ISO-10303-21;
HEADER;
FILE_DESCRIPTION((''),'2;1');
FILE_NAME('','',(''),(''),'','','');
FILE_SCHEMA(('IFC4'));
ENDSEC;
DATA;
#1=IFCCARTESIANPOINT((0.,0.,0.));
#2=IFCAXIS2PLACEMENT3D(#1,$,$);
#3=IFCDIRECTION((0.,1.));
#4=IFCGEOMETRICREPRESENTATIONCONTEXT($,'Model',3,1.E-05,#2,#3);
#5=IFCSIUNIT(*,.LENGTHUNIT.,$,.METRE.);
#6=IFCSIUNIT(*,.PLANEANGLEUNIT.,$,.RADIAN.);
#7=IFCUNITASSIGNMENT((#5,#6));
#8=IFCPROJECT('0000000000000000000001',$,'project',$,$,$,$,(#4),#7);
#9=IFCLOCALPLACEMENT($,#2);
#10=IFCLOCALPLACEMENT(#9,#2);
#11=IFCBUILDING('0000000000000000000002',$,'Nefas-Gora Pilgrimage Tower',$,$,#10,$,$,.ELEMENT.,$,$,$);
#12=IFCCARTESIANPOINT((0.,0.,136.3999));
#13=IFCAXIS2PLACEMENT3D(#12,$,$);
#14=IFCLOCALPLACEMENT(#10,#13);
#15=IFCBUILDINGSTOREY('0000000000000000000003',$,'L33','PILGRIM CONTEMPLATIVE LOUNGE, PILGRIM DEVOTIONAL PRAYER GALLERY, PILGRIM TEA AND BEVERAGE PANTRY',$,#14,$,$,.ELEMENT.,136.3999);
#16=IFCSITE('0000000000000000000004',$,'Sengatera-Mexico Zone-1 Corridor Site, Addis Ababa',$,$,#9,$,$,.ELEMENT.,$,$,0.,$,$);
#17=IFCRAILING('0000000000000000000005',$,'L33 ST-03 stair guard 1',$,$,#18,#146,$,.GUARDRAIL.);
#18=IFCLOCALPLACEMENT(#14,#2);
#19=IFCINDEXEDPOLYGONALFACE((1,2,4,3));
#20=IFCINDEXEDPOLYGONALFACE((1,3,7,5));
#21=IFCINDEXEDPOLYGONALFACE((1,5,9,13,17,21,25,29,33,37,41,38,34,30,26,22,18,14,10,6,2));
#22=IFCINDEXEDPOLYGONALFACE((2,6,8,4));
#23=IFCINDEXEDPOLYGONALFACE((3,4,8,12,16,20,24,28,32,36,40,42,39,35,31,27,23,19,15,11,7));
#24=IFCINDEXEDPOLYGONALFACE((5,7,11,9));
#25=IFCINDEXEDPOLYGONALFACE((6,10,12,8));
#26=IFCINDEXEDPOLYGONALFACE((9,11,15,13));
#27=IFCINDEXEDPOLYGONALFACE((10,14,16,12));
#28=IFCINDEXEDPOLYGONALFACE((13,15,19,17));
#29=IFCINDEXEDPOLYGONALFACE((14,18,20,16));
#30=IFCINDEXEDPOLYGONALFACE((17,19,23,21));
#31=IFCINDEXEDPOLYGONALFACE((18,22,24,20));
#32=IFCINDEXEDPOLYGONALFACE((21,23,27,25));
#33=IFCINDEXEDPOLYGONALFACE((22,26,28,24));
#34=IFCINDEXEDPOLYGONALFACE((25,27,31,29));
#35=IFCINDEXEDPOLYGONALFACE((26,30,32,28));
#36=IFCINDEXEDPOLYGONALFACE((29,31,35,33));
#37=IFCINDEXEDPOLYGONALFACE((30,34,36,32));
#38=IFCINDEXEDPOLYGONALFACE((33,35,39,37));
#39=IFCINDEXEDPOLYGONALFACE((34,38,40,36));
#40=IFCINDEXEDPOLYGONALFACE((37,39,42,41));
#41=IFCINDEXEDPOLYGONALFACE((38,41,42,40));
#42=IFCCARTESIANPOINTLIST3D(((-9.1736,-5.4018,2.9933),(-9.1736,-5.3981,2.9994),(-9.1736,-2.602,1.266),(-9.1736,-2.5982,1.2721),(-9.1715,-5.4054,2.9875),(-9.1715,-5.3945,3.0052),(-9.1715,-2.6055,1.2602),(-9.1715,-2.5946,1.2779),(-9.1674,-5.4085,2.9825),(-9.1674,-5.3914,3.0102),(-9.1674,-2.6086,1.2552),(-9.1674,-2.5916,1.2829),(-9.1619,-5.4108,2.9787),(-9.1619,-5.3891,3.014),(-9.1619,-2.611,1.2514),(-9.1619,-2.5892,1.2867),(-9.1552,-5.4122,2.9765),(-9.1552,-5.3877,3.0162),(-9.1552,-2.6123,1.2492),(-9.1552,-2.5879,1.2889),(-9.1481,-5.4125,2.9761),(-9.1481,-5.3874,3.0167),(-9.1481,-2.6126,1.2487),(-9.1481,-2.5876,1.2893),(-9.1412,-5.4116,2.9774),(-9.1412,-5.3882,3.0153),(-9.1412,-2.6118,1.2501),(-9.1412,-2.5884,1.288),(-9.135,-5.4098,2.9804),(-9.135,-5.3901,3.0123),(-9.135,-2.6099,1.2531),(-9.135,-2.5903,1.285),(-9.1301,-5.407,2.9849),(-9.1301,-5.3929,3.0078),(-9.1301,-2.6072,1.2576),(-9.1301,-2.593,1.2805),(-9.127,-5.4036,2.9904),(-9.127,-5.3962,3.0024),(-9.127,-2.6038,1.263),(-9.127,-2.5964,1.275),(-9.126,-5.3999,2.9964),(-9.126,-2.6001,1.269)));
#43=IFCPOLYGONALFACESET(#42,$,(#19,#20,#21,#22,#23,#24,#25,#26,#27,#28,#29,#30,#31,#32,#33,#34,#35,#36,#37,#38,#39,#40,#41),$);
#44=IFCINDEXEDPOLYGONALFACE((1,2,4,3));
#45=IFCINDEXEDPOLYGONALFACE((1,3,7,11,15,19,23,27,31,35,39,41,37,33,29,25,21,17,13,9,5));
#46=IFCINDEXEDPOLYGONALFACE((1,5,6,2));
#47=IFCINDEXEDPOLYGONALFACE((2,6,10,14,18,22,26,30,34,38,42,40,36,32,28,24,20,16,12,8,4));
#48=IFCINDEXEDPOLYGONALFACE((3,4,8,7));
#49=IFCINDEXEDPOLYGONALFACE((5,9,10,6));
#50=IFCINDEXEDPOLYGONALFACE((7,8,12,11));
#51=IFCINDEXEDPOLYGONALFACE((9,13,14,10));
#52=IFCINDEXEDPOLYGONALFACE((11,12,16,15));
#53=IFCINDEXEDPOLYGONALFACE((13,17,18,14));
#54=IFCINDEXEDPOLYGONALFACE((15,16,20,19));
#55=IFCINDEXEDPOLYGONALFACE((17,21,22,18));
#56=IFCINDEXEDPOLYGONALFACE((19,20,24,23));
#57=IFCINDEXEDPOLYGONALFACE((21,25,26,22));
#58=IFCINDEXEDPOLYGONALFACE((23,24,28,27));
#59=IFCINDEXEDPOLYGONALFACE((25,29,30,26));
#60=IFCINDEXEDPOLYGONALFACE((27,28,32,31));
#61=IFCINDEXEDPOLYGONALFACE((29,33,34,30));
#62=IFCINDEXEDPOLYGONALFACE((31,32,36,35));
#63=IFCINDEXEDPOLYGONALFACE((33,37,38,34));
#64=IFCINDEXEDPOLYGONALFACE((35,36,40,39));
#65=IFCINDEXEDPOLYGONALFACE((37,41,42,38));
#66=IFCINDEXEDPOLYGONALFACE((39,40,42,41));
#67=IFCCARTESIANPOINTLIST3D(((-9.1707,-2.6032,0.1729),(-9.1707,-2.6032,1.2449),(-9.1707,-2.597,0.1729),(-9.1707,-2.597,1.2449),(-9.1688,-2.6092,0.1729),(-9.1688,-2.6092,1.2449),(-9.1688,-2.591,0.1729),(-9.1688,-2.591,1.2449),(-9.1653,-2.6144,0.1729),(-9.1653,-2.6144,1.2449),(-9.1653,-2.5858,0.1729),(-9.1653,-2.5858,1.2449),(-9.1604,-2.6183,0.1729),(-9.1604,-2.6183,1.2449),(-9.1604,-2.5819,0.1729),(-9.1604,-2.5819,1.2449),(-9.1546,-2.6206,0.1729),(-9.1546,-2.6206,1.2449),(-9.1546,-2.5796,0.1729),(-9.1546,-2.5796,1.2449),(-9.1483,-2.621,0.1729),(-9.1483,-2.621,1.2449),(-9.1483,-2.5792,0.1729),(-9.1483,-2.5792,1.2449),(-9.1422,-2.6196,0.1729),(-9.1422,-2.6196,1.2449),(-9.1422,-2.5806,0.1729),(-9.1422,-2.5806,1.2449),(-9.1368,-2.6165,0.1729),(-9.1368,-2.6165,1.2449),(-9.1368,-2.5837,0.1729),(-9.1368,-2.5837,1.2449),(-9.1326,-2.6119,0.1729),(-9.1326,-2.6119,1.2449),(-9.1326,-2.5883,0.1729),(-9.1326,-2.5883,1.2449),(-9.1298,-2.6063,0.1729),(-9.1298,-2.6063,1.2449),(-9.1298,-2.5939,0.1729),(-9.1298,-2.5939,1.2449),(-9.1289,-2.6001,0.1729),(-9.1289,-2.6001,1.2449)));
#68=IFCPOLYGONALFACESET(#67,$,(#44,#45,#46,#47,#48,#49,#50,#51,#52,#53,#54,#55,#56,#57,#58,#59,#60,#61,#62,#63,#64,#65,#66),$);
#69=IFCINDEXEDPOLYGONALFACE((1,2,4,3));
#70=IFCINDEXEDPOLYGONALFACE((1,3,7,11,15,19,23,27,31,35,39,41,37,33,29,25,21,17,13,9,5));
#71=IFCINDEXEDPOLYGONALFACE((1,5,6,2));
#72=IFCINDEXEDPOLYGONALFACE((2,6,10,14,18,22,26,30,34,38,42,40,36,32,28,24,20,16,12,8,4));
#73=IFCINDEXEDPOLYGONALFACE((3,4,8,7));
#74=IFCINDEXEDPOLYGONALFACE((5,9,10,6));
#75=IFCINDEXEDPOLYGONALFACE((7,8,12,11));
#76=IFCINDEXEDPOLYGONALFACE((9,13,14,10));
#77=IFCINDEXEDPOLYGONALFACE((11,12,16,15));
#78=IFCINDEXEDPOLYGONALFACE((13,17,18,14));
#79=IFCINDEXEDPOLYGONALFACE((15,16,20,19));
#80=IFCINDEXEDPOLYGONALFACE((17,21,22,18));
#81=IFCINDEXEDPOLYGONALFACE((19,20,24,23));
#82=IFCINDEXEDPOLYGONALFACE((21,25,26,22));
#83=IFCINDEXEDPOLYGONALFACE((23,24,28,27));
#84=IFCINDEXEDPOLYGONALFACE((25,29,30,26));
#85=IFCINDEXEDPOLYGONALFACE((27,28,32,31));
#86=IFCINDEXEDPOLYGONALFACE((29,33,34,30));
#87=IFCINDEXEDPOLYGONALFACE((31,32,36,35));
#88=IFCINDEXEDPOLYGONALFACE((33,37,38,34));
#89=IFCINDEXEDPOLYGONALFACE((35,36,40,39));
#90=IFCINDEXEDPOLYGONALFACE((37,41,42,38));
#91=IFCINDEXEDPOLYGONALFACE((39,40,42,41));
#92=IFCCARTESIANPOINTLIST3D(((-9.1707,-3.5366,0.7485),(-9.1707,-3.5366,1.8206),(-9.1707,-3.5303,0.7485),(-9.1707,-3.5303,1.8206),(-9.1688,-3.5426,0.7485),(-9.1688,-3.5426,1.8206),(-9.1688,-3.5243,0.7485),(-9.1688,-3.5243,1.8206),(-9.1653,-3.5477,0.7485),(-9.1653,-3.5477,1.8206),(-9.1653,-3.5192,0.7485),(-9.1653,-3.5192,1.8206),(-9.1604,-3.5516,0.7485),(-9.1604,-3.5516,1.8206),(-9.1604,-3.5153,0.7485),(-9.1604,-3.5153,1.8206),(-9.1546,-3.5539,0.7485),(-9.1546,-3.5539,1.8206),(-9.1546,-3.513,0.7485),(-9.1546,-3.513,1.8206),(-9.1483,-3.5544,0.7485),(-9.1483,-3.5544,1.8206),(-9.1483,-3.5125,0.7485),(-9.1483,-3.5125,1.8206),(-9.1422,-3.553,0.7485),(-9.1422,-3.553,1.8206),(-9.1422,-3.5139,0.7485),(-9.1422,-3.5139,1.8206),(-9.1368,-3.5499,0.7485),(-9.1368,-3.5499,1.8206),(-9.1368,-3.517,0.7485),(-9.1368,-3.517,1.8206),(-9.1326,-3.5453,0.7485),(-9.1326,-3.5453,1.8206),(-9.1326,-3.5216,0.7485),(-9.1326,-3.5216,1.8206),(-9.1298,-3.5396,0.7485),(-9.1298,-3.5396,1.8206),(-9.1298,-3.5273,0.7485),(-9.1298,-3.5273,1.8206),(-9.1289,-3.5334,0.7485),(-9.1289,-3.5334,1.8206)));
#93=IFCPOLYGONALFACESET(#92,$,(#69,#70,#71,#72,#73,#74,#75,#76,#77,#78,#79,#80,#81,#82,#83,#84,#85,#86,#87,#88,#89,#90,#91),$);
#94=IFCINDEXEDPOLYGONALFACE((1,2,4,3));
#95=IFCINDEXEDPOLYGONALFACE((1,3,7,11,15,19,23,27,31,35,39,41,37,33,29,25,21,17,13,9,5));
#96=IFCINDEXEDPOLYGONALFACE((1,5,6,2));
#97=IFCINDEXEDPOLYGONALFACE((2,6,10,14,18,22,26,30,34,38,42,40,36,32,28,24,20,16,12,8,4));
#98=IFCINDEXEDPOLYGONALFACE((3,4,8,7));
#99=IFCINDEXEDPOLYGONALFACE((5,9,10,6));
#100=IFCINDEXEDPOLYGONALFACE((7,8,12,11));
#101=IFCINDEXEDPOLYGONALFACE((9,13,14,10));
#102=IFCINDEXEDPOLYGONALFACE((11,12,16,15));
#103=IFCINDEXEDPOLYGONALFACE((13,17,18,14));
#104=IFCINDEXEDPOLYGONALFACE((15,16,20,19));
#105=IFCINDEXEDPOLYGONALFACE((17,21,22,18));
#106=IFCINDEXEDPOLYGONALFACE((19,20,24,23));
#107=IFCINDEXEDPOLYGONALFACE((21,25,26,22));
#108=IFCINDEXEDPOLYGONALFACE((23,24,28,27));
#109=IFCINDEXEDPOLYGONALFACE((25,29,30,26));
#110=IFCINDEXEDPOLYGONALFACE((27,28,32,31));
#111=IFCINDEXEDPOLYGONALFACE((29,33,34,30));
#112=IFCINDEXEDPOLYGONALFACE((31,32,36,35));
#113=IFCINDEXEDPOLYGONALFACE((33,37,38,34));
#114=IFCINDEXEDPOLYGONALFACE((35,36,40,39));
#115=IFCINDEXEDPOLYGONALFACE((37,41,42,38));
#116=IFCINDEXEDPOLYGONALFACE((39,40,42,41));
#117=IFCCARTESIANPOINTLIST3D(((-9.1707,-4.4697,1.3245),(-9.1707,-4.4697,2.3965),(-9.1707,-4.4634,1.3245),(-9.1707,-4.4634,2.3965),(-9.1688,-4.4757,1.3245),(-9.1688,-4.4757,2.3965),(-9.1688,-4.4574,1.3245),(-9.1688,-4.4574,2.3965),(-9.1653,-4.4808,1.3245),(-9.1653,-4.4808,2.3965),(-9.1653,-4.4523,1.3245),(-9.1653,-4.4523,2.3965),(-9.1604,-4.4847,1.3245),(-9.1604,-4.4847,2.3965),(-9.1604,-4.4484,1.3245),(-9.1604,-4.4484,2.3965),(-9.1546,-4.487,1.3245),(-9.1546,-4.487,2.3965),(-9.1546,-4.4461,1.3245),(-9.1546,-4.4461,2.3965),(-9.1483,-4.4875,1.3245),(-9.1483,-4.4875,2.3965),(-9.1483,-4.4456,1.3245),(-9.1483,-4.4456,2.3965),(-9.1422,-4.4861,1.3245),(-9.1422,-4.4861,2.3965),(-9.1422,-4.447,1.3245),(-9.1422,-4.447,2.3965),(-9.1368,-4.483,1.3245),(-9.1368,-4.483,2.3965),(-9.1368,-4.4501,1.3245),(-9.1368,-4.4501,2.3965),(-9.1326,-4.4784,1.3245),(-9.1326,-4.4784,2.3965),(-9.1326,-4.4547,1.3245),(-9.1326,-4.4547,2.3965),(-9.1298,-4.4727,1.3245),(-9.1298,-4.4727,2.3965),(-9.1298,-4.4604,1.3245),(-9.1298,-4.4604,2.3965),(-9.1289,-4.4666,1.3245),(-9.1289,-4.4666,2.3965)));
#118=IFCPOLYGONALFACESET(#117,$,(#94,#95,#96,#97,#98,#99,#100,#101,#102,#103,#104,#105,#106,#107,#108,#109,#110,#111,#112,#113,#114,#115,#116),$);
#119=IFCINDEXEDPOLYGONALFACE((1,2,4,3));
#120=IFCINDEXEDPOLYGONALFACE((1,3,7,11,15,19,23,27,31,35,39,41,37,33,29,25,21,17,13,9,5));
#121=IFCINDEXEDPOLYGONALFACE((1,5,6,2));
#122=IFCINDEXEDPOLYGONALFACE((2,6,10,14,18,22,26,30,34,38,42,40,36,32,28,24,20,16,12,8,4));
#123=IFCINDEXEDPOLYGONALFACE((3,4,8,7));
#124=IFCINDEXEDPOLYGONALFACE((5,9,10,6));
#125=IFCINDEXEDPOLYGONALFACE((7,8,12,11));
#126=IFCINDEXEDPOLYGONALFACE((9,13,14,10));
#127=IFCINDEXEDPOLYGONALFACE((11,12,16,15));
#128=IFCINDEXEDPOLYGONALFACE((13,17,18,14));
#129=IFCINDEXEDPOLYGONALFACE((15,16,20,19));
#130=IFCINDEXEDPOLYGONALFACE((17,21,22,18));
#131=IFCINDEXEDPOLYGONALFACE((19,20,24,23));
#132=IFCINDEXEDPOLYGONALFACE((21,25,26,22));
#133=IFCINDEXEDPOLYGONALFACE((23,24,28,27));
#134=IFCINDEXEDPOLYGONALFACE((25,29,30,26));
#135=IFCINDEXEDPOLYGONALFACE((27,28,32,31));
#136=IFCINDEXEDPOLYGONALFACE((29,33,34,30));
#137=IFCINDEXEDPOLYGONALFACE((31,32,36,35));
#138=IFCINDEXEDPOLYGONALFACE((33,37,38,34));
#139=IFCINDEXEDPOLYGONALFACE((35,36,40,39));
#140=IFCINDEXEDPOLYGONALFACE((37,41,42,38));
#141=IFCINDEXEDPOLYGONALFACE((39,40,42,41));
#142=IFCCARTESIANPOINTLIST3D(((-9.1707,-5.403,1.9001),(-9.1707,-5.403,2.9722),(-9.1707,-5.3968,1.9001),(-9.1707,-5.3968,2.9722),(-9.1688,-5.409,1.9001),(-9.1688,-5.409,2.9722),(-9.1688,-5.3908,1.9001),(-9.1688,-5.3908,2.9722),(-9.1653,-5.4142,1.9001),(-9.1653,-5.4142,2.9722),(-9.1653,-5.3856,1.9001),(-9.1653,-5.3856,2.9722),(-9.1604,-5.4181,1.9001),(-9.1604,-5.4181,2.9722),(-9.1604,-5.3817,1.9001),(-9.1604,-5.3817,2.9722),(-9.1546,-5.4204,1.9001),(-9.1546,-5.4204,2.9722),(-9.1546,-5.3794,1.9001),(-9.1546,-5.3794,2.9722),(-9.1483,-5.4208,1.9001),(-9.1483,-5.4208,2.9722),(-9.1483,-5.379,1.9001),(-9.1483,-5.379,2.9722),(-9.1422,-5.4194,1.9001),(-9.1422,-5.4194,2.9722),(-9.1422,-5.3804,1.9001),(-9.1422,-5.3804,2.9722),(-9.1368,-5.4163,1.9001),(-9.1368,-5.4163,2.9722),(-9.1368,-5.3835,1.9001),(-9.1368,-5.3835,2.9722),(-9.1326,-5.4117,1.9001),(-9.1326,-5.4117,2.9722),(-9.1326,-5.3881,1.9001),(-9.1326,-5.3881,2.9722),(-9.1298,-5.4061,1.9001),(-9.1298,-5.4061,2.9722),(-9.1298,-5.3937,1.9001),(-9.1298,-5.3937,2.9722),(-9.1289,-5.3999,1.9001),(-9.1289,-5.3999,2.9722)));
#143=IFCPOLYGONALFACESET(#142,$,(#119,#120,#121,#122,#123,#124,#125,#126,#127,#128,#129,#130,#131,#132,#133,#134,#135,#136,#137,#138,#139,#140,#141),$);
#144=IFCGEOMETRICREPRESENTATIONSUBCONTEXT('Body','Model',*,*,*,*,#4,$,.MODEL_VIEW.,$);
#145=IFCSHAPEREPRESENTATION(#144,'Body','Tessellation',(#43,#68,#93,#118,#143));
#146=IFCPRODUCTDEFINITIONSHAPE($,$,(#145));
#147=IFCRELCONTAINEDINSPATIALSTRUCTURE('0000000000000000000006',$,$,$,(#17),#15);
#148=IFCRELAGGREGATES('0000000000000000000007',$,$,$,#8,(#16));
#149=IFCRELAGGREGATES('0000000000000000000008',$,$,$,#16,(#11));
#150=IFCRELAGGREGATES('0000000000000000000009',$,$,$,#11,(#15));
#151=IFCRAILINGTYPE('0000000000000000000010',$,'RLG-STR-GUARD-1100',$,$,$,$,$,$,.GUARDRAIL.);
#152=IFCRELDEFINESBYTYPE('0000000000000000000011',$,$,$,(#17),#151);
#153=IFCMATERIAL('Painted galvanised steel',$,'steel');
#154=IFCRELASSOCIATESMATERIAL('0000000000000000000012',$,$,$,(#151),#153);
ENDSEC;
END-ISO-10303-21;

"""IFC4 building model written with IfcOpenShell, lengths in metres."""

from ifc_helpers import new_model, si_unit, direction, frame, origin, origin_2d, place, context, subcontext, project, spatial, circle, extrude, material, type_object, element, save


model = new_model("IFC4")

# Units and contexts
model_context = context("Model", 3, precision=1e-05, world=origin(), true_north=direction((0.0, 1.0)))
body_context = subcontext(model_context, "Body", "Model", "MODEL_VIEW")
ifc_project = project(units=[si_unit("LENGTHUNIT", "METRE"), si_unit("PLANEANGLEUNIT", "RADIAN")], contexts=[model_context])

# Site, building, storey
site_placement = place(None, origin())
site = spatial("IfcSite", under=ifc_project, at=site_placement, Name="Sengatera-Mexico Zone-1 Corridor Site, Addis Ababa", CompositionType="ELEMENT", RefElevation=0.0)
building_placement = place(site_placement, origin())
building = spatial("IfcBuilding", under=site, at=building_placement, Name="Nefas-Gora Pilgrimage Tower", CompositionType="ELEMENT")
storey_placement = place(building_placement, frame((0.0, 0.0, 136.3999)))
storey = spatial("IfcBuildingStorey", under=building, at=storey_placement, Name="L33", Description="PILGRIM CONTEMPLATIVE LOUNGE, PILGRIM DEVOTIONAL PRAYER GALLERY, PILGRIM TEA AND BEVERAGE PANTRY", CompositionType="ELEMENT", Elevation=136.3999)

# Railing
ifc_material_1 = material(Name="Painted galvanised steel", Category="steel")
railing_type_1 = type_object("IfcRailingType", Name="RLG-STR-GUARD-1100", PredefinedType="GUARDRAIL", material=ifc_material_1)
railing_1_placement = place(storey_placement, frame((-9.1499, -2.6001, 0.1729)))
element("IfcRailing", 1, at=railing_1_placement, inside=storey, type_object=railing_type_1, Name="L33 ST-03 stair guard 1", PredefinedType="GUARDRAIL", context=body_context, shape_type="SweptSolid", body=[
    extrude(circle(Radius=0.0239, at=origin_2d()), frame((0.0, 0.0, 1.0962), z_axis=(0.0, -0.851069, 0.525054), x_axis=(1.0, 0.0, 0.0)), (0.0, 0.0, 1.0), 3.2898),
    extrude(circle(Radius=0.021, at=origin_2d()), origin(), (0.0, 0.0, 1.0), 1.072),
    extrude(circle(Radius=0.021, at=origin_2d()), frame((0.0, -0.9333, 0.5757)), (0.0, 0.0, 1.0), 1.072),
    extrude(circle(Radius=0.021, at=origin_2d()), frame((0.0, -1.8665, 1.1516)), (0.0, 0.0, 1.0), 1.072),
    extrude(circle(Radius=0.021, at=origin_2d()), frame((0.0, -2.7998, 1.7273)), (0.0, 0.0, 1.0), 1.072),
])

save(model, "model.ifc")
